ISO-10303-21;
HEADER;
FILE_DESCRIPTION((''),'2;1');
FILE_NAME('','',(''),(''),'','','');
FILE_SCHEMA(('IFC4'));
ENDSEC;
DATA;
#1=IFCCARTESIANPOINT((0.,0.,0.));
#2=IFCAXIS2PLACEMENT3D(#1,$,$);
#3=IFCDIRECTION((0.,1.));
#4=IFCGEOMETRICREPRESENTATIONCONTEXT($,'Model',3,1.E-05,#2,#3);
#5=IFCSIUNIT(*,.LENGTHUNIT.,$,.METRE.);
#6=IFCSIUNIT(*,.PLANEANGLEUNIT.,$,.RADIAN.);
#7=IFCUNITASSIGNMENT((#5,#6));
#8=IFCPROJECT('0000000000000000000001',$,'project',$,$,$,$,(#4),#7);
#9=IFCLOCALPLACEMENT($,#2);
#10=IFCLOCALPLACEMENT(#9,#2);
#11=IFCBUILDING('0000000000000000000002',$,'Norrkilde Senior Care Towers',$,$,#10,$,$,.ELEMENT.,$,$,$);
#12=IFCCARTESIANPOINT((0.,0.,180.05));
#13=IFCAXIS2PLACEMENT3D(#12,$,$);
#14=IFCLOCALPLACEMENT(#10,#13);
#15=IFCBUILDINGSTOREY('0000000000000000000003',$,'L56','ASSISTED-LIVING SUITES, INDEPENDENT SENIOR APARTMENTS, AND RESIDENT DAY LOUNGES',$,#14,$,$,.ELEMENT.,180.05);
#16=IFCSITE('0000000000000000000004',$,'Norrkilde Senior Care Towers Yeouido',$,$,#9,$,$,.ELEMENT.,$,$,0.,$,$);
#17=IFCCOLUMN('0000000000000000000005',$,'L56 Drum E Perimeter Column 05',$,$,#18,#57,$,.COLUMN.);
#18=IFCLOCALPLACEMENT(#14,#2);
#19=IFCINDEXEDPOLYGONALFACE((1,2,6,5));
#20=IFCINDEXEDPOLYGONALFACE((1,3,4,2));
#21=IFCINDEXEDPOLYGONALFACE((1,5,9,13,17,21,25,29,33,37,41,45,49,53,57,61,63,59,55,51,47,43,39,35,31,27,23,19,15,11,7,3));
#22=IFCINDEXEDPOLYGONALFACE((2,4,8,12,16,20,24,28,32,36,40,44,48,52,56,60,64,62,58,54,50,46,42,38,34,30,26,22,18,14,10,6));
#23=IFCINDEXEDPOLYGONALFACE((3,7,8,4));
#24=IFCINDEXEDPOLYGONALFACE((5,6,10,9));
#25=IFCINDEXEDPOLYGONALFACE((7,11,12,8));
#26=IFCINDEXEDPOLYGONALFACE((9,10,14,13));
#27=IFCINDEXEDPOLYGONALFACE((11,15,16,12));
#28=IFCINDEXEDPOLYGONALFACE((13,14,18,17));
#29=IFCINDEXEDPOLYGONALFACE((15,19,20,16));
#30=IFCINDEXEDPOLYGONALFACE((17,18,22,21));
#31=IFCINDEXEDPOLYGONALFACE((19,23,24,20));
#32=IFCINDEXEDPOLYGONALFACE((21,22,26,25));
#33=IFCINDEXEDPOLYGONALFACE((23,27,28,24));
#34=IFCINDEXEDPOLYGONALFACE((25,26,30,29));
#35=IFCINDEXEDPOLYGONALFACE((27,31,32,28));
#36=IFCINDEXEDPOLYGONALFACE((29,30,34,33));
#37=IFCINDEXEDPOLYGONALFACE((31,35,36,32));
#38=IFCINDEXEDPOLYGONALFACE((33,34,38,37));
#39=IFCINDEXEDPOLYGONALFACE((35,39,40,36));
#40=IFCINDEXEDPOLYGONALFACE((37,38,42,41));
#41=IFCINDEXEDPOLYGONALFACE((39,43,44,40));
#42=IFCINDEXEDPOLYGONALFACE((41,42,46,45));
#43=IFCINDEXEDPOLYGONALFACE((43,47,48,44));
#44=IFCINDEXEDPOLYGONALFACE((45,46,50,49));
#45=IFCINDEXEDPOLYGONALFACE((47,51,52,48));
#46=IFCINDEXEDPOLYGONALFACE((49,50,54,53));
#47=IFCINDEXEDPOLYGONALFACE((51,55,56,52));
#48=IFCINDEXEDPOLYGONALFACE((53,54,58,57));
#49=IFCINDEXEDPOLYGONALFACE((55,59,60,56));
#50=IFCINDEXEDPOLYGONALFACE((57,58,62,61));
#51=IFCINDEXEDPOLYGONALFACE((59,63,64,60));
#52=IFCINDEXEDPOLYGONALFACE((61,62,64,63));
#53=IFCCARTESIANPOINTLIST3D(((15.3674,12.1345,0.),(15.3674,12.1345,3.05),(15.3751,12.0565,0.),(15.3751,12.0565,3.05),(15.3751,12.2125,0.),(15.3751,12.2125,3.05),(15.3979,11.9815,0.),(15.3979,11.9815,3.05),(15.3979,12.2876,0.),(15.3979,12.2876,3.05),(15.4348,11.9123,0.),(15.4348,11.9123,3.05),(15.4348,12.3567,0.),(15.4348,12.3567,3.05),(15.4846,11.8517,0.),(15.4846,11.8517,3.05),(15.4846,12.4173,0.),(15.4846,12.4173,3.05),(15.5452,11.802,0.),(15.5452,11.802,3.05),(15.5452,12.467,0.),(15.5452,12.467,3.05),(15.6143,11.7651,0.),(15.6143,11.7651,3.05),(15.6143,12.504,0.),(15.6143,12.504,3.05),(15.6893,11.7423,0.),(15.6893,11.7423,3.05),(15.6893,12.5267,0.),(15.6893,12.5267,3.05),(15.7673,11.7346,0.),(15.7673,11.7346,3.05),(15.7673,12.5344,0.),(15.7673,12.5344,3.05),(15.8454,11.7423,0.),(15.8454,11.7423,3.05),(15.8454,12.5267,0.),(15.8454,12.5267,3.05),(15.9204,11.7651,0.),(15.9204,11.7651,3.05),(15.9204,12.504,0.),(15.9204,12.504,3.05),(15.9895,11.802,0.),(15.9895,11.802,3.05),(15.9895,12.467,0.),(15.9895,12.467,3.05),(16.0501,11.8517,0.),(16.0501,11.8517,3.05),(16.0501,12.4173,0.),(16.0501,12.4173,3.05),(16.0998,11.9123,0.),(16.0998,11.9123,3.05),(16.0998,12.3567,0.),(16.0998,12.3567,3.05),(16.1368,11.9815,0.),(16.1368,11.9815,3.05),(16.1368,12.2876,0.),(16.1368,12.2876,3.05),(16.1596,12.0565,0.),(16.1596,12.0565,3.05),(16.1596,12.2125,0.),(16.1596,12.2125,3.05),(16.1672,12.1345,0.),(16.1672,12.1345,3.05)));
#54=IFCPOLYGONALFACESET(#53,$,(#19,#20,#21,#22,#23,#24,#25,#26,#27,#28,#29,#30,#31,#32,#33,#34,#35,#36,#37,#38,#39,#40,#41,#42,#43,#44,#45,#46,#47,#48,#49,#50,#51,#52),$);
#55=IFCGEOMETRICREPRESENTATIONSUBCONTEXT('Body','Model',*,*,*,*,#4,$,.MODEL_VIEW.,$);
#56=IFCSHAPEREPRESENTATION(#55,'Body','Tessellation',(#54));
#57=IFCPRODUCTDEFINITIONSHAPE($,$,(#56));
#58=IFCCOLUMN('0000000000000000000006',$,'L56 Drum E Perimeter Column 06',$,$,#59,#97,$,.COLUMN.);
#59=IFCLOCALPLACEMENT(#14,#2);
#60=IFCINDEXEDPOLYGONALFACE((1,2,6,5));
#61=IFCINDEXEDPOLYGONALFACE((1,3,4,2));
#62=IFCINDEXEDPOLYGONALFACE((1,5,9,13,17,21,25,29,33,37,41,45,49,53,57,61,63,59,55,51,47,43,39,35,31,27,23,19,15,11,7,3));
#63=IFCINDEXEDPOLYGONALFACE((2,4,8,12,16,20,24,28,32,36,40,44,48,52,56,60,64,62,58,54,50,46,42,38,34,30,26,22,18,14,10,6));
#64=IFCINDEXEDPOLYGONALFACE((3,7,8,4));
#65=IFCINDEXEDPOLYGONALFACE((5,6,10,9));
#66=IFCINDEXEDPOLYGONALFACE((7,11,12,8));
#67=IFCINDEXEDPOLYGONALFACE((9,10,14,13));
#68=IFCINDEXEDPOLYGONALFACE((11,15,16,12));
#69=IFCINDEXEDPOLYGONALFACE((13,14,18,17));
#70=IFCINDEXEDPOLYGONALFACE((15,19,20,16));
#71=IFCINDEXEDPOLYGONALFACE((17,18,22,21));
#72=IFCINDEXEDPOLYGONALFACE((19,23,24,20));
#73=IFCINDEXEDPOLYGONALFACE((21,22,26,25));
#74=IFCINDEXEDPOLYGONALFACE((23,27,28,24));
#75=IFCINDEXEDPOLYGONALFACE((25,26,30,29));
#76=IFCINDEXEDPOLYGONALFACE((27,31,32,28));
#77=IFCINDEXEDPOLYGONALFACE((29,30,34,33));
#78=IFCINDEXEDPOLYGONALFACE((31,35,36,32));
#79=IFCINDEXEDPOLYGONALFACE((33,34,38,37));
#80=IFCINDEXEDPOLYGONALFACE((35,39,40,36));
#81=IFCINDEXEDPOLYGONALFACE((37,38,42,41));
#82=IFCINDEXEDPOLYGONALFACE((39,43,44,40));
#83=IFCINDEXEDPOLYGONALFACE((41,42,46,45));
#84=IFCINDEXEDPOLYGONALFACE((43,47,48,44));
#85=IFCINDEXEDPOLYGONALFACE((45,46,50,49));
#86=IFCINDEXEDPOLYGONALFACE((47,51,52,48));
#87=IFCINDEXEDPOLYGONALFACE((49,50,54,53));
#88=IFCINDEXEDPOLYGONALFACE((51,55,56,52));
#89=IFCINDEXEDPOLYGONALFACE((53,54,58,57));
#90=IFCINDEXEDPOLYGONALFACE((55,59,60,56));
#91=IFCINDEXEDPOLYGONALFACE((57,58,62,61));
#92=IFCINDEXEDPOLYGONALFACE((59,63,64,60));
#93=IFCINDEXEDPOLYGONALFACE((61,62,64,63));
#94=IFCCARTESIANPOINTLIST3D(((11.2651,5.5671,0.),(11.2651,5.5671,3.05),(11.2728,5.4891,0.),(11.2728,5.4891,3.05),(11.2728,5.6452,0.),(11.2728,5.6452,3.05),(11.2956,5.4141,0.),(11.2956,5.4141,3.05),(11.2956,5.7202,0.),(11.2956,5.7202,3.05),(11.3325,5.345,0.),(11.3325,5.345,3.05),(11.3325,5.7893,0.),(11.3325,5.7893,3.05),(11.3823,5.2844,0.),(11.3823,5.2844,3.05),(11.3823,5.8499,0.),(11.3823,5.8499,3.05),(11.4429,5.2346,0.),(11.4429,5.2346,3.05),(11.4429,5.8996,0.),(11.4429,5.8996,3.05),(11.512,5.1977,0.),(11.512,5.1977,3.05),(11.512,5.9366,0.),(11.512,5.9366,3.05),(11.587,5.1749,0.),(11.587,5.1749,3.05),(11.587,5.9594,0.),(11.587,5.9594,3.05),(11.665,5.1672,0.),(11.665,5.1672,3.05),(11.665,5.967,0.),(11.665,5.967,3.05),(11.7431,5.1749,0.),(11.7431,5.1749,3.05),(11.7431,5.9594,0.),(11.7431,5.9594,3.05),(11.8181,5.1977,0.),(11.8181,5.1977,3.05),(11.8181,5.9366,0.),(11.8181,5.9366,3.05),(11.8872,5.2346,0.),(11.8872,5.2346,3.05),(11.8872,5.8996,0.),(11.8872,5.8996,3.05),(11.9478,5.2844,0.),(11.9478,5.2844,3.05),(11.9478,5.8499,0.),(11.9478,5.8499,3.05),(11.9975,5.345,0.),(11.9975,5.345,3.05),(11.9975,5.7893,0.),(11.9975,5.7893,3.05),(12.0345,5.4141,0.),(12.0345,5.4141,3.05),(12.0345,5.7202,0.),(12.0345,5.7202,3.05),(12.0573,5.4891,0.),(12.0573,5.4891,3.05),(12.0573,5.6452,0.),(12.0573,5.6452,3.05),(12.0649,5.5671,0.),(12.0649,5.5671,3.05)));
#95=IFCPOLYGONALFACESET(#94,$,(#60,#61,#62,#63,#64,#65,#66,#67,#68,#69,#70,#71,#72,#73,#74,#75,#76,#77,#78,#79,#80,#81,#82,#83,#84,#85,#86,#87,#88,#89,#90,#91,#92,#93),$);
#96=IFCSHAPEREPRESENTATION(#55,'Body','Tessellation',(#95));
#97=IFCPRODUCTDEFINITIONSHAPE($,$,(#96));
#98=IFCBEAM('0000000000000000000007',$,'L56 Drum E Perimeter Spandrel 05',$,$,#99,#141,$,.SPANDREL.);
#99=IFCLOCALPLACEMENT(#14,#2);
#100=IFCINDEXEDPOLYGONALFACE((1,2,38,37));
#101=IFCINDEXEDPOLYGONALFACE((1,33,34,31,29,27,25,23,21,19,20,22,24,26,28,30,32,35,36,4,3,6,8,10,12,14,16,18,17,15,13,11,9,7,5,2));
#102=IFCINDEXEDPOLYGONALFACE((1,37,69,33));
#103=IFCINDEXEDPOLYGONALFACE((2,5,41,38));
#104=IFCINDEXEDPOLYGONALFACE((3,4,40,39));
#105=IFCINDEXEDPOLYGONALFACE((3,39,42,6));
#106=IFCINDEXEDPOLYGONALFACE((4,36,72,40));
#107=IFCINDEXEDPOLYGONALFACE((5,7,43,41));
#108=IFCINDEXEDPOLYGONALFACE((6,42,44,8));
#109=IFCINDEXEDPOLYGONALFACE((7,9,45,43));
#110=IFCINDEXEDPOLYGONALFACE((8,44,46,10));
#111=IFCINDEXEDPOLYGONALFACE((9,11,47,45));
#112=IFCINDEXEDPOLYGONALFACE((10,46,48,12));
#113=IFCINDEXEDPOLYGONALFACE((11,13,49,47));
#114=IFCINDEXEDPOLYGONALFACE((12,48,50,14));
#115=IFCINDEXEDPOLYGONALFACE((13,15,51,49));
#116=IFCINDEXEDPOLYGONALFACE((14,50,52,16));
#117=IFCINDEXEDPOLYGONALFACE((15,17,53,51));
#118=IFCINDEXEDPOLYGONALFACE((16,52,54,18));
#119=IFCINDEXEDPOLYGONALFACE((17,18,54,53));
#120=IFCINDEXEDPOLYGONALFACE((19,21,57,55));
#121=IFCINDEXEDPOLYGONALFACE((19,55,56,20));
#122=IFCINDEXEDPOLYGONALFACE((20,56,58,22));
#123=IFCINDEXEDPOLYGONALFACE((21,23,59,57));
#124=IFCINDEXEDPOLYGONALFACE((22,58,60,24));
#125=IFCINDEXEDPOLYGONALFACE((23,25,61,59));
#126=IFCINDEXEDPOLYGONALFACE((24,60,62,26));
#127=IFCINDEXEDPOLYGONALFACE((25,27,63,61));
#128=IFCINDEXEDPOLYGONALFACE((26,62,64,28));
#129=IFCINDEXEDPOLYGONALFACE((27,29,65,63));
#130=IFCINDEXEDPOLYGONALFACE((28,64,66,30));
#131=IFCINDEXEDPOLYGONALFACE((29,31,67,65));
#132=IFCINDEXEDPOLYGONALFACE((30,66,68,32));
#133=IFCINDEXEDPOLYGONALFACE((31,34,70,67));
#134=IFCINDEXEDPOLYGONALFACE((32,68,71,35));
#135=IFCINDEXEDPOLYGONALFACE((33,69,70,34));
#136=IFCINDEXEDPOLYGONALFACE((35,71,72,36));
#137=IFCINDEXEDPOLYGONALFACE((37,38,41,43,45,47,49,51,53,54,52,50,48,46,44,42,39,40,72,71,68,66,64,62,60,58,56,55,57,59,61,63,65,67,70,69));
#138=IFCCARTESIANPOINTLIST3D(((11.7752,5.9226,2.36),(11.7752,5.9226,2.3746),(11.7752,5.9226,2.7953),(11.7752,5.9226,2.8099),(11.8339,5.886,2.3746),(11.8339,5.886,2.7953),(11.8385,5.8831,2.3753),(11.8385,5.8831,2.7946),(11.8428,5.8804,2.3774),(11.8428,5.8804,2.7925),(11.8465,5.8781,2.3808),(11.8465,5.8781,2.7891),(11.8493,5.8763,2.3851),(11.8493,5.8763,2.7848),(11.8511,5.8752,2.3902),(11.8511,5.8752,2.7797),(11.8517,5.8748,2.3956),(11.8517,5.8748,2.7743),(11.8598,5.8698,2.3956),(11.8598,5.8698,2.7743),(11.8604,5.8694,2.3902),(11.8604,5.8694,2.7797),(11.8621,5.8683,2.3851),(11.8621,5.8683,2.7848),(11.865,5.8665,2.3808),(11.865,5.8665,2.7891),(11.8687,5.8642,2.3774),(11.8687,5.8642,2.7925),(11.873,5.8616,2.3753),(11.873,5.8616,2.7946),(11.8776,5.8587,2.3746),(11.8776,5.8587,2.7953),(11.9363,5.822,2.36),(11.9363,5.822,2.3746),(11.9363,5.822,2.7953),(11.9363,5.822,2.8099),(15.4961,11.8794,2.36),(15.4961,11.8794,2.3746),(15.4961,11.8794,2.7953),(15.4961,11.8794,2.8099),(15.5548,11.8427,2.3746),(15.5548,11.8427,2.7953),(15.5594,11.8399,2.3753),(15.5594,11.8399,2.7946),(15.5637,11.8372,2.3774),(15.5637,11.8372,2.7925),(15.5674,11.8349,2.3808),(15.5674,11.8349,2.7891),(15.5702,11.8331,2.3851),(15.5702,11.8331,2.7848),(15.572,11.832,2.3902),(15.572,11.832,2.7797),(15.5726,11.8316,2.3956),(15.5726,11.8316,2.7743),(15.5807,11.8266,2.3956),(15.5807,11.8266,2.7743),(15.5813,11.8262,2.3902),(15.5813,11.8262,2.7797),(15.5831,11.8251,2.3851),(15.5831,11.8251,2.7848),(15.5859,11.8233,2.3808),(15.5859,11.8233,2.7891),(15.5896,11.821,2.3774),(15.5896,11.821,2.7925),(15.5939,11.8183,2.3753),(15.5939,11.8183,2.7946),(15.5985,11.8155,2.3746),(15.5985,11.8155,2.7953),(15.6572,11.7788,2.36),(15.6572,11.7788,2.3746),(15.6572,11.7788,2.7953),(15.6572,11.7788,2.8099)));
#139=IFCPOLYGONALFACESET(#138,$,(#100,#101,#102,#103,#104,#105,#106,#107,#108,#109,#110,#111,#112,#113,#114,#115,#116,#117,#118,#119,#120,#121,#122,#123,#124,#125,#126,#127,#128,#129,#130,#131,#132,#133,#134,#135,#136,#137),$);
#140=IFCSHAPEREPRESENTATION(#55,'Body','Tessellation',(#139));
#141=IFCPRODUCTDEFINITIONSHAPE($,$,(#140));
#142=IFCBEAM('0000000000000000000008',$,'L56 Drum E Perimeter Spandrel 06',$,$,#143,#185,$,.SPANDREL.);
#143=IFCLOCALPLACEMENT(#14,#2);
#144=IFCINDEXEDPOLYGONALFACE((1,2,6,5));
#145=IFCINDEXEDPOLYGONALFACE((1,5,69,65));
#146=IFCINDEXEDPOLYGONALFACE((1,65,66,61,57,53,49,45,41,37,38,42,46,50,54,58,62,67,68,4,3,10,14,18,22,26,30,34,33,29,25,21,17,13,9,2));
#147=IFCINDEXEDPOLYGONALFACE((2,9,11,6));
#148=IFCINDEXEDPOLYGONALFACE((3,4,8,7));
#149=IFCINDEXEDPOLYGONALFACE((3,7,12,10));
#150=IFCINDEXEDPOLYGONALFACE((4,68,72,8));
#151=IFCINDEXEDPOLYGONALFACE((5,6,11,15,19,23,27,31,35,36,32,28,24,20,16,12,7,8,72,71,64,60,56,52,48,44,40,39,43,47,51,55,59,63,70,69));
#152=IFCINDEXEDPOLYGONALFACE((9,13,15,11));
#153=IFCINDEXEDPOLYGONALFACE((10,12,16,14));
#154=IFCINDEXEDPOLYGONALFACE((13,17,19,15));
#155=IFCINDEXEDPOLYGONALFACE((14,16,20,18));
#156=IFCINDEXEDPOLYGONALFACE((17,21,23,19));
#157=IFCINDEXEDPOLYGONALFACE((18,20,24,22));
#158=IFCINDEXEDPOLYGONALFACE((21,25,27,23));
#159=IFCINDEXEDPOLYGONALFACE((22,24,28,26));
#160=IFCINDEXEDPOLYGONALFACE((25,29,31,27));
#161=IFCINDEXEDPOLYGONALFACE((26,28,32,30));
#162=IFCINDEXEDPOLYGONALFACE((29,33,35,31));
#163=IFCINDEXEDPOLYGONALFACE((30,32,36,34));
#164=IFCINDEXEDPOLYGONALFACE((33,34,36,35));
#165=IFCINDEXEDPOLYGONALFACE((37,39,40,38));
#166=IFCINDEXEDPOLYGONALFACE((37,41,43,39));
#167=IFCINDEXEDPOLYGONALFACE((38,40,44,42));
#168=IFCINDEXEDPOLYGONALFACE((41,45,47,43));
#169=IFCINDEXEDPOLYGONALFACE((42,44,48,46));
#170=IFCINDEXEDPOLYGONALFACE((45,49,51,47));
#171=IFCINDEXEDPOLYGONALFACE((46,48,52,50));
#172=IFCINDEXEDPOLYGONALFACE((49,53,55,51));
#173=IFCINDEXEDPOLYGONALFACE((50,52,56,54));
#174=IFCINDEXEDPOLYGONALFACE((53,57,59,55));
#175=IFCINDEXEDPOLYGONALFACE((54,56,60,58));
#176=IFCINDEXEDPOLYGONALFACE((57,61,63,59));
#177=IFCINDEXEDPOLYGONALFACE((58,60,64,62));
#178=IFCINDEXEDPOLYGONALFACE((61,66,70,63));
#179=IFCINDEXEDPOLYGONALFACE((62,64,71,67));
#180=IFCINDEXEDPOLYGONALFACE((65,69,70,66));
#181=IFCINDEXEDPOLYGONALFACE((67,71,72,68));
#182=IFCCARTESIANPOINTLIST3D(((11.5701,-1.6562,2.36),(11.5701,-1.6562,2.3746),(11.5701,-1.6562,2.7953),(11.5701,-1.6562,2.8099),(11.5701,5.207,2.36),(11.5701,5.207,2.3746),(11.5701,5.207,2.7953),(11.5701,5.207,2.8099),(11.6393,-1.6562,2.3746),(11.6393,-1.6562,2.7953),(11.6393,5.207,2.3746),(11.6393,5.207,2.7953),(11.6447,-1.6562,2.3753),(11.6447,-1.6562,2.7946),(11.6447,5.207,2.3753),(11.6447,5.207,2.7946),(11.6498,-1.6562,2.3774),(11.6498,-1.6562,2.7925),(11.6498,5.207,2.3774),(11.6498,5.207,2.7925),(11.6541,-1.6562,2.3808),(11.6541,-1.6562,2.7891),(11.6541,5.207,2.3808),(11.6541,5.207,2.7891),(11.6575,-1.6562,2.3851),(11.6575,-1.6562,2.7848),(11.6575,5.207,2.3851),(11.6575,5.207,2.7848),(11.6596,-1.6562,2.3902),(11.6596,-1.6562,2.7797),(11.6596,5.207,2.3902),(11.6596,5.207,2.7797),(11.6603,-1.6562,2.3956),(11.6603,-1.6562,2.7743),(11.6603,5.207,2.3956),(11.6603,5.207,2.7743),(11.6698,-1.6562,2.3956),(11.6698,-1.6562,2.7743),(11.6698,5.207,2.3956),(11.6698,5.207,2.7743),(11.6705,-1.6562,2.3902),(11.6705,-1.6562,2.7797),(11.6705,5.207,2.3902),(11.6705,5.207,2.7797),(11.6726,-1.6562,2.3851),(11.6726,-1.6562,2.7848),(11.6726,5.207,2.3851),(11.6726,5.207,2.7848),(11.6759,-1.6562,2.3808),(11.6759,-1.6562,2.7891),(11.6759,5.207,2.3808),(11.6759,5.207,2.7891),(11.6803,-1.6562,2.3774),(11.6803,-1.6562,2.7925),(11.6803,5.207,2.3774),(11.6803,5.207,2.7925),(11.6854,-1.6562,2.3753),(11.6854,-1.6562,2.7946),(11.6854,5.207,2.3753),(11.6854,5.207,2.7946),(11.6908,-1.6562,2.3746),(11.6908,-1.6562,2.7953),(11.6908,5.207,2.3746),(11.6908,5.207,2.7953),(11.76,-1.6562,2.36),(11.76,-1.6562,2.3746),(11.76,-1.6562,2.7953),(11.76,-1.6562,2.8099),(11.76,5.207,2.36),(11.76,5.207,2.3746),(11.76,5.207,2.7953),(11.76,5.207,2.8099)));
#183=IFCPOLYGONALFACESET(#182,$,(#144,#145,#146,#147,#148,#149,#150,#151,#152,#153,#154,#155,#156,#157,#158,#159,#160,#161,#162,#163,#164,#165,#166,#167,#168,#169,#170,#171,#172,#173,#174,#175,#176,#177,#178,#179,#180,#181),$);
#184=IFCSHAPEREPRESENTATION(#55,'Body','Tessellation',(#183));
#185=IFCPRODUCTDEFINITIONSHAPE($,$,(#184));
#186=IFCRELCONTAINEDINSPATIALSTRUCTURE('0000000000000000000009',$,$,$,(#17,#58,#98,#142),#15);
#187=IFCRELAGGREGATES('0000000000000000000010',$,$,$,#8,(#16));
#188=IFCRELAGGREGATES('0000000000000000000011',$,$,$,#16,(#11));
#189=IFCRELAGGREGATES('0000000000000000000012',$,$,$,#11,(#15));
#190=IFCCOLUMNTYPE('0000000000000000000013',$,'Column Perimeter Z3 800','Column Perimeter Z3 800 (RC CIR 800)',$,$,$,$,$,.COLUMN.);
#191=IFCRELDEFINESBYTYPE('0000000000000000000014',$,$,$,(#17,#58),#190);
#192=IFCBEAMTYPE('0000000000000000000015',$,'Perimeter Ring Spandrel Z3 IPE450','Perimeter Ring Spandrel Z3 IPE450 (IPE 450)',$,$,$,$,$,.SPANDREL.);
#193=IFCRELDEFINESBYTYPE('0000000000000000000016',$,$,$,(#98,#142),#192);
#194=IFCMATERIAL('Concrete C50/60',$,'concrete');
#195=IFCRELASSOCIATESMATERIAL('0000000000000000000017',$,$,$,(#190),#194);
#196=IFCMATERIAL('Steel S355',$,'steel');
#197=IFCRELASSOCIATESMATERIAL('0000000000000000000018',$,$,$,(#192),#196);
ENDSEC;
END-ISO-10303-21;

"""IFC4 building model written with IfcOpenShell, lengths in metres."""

from ifc_helpers import new_model, si_unit, direction, frame, origin, origin_2d, place, context, subcontext, project, spatial, circle, i_section, extrude, source, transform, mapped, material, material_profile, profile_set, type_object, type_shapes, element, save


model = new_model("IFC4")

# Units and contexts
model_context = context("Model", 3, precision=1e-05, world=origin(), true_north=direction((0.0, 1.0)))
body_context = subcontext(model_context, "Body", "Model", "MODEL_VIEW")
ifc_project = project(units=[si_unit("LENGTHUNIT", "METRE"), si_unit("PLANEANGLEUNIT", "RADIAN")], contexts=[model_context])

# Site, building, storey
site_placement = place(None, origin())
site = spatial("IfcSite", under=ifc_project, at=site_placement, Name="Norrkilde Senior Care Towers Yeouido", CompositionType="ELEMENT", RefElevation=0.0)
building_placement = place(site_placement, origin())
building = spatial("IfcBuilding", under=site, at=building_placement, Name="Norrkilde Senior Care Towers", CompositionType="ELEMENT")
storey_placement = place(building_placement, frame((0.0, 0.0, 180.05)))
storey = spatial("IfcBuildingStorey", under=building, at=storey_placement, Name="L56", Description="ASSISTED-LIVING SUITES, INDEPENDENT SENIOR APARTMENTS, AND RESIDENT DAY LOUNGES", CompositionType="ELEMENT", Elevation=180.05)

# Columns
ifc_material_1 = material(Name="Concrete C50/60", Category="concrete")
ifc_material_profile_1 = material_profile(ifc_material_1, circle(Radius=0.3999, at=origin_2d()), Name="RC CIR 800")
ifc_profile_set_1 = profile_set([ifc_material_profile_1], Name="Concrete C50/60")
column_type = type_object("IfcColumnType", Name="Column Perimeter Z3 800", Description="Column Perimeter Z3 800 (RC CIR 800)", PredefinedType="COLUMN", material=ifc_profile_set_1)
shared_shape_1 = source(origin(), body_context, "Body", "SweptSolid", [
    extrude(circle(Radius=0.3999, at=origin_2d()), origin(), (0.0, 0.0, 1.0), 3.05),
])
type_shapes(column_type, [shared_shape_1])
for number, where, z_axis, x_axis, name in (
    (1, (15.7673, 12.1345, 0.0), (0.0, 0.0, 1.0), (1.0, 0.0, 0.0), "L56 Drum E Perimeter Column 05"),
    (2, (11.665, 5.5671, 0.0), (0.0, 0.0, 1.0), (1.0, 0.0, 0.0), "L56 Drum E Perimeter Column 06"),
):
    element("IfcColumn", number, at=place(storey_placement, frame(where, z_axis=z_axis, x_axis=x_axis)), inside=storey, type_object=column_type, Name=name, PredefinedType="COLUMN", context=body_context, shape_type="MappedRepresentation", body=[
        mapped(shared_shape_1, transform((0.0, 0.0, 0.0), x_axis=(1.0, 0.0, 0.0), y_axis=(0.0, 1.0, 0.0), z_axis=(0.0, 0.0, 1.0), scale=1.0)),
    ])

# Beams
ifc_material_2 = material(Name="Steel S355", Category="steel")
ifc_material_profile_2 = material_profile(ifc_material_2, i_section(OverallWidth=0.1899, OverallDepth=0.45, WebThickness=0.0095, FlangeThickness=0.0146, FilletRadius=0.021, at=origin_2d()), Name="IPE 450")
ifc_profile_set_2 = profile_set([ifc_material_profile_2], Name="Steel S355")
beam_type = type_object("IfcBeamType", Name="Perimeter Ring Spandrel Z3 IPE450", Description="Perimeter Ring Spandrel Z3 IPE450 (IPE 450)", PredefinedType="SPANDREL", material=ifc_profile_set_2)
shared_shape_2 = source(origin(), body_context, "Body", "SweptSolid", [
    extrude(i_section(OverallWidth=0.1899, OverallDepth=0.45, WebThickness=0.0095, FlangeThickness=0.0146, FilletRadius=0.021, at=origin_2d()), origin(), (0.0, 0.0, 1.0), 7.0234),
])
beam_1_placement = place(storey_placement, frame((15.5767, 11.8291, 2.585), z_axis=(-0.52979, -0.848129, 0.0), x_axis=(0.848129, -0.52979, 0.0)))
element("IfcBeam", 3, at=beam_1_placement, inside=storey, type_object=beam_type, Name="L56 Drum E Perimeter Spandrel 05", PredefinedType="SPANDREL", context=body_context, shape_type="MappedRepresentation", body=[
    mapped(shared_shape_2, transform((0.0, 0.0, 0.0), x_axis=(1.0, 0.0, 0.0), y_axis=(0.0, 1.0, 0.0), z_axis=(0.0, 0.0, 1.0), scale=1.0)),
])
shared_shape_3 = source(origin(), body_context, "Body", "SweptSolid", [
    extrude(i_section(OverallWidth=0.1899, OverallDepth=0.45, WebThickness=0.0095, FlangeThickness=0.0146, FilletRadius=0.021, at=origin_2d()), origin(), (0.0, 0.0, 1.0), 6.8633),
])
type_shapes(beam_type, [shared_shape_2, shared_shape_3])
beam_2_placement = place(storey_placement, frame((11.665, 5.207, 2.585), z_axis=(0.0, -1.0, 0.0), x_axis=(1.0, 0.0, 0.0)))
element("IfcBeam", 4, at=beam_2_placement, inside=storey, type_object=beam_type, Name="L56 Drum E Perimeter Spandrel 06", PredefinedType="SPANDREL", context=body_context, shape_type="MappedRepresentation", body=[
    mapped(shared_shape_3, transform((0.0, 0.0, 0.0), x_axis=(1.0, 0.0, 0.0), y_axis=(0.0, 1.0, 0.0), z_axis=(0.0, 0.0, 1.0), scale=1.0)),
])

save(model, "model.ifc")
